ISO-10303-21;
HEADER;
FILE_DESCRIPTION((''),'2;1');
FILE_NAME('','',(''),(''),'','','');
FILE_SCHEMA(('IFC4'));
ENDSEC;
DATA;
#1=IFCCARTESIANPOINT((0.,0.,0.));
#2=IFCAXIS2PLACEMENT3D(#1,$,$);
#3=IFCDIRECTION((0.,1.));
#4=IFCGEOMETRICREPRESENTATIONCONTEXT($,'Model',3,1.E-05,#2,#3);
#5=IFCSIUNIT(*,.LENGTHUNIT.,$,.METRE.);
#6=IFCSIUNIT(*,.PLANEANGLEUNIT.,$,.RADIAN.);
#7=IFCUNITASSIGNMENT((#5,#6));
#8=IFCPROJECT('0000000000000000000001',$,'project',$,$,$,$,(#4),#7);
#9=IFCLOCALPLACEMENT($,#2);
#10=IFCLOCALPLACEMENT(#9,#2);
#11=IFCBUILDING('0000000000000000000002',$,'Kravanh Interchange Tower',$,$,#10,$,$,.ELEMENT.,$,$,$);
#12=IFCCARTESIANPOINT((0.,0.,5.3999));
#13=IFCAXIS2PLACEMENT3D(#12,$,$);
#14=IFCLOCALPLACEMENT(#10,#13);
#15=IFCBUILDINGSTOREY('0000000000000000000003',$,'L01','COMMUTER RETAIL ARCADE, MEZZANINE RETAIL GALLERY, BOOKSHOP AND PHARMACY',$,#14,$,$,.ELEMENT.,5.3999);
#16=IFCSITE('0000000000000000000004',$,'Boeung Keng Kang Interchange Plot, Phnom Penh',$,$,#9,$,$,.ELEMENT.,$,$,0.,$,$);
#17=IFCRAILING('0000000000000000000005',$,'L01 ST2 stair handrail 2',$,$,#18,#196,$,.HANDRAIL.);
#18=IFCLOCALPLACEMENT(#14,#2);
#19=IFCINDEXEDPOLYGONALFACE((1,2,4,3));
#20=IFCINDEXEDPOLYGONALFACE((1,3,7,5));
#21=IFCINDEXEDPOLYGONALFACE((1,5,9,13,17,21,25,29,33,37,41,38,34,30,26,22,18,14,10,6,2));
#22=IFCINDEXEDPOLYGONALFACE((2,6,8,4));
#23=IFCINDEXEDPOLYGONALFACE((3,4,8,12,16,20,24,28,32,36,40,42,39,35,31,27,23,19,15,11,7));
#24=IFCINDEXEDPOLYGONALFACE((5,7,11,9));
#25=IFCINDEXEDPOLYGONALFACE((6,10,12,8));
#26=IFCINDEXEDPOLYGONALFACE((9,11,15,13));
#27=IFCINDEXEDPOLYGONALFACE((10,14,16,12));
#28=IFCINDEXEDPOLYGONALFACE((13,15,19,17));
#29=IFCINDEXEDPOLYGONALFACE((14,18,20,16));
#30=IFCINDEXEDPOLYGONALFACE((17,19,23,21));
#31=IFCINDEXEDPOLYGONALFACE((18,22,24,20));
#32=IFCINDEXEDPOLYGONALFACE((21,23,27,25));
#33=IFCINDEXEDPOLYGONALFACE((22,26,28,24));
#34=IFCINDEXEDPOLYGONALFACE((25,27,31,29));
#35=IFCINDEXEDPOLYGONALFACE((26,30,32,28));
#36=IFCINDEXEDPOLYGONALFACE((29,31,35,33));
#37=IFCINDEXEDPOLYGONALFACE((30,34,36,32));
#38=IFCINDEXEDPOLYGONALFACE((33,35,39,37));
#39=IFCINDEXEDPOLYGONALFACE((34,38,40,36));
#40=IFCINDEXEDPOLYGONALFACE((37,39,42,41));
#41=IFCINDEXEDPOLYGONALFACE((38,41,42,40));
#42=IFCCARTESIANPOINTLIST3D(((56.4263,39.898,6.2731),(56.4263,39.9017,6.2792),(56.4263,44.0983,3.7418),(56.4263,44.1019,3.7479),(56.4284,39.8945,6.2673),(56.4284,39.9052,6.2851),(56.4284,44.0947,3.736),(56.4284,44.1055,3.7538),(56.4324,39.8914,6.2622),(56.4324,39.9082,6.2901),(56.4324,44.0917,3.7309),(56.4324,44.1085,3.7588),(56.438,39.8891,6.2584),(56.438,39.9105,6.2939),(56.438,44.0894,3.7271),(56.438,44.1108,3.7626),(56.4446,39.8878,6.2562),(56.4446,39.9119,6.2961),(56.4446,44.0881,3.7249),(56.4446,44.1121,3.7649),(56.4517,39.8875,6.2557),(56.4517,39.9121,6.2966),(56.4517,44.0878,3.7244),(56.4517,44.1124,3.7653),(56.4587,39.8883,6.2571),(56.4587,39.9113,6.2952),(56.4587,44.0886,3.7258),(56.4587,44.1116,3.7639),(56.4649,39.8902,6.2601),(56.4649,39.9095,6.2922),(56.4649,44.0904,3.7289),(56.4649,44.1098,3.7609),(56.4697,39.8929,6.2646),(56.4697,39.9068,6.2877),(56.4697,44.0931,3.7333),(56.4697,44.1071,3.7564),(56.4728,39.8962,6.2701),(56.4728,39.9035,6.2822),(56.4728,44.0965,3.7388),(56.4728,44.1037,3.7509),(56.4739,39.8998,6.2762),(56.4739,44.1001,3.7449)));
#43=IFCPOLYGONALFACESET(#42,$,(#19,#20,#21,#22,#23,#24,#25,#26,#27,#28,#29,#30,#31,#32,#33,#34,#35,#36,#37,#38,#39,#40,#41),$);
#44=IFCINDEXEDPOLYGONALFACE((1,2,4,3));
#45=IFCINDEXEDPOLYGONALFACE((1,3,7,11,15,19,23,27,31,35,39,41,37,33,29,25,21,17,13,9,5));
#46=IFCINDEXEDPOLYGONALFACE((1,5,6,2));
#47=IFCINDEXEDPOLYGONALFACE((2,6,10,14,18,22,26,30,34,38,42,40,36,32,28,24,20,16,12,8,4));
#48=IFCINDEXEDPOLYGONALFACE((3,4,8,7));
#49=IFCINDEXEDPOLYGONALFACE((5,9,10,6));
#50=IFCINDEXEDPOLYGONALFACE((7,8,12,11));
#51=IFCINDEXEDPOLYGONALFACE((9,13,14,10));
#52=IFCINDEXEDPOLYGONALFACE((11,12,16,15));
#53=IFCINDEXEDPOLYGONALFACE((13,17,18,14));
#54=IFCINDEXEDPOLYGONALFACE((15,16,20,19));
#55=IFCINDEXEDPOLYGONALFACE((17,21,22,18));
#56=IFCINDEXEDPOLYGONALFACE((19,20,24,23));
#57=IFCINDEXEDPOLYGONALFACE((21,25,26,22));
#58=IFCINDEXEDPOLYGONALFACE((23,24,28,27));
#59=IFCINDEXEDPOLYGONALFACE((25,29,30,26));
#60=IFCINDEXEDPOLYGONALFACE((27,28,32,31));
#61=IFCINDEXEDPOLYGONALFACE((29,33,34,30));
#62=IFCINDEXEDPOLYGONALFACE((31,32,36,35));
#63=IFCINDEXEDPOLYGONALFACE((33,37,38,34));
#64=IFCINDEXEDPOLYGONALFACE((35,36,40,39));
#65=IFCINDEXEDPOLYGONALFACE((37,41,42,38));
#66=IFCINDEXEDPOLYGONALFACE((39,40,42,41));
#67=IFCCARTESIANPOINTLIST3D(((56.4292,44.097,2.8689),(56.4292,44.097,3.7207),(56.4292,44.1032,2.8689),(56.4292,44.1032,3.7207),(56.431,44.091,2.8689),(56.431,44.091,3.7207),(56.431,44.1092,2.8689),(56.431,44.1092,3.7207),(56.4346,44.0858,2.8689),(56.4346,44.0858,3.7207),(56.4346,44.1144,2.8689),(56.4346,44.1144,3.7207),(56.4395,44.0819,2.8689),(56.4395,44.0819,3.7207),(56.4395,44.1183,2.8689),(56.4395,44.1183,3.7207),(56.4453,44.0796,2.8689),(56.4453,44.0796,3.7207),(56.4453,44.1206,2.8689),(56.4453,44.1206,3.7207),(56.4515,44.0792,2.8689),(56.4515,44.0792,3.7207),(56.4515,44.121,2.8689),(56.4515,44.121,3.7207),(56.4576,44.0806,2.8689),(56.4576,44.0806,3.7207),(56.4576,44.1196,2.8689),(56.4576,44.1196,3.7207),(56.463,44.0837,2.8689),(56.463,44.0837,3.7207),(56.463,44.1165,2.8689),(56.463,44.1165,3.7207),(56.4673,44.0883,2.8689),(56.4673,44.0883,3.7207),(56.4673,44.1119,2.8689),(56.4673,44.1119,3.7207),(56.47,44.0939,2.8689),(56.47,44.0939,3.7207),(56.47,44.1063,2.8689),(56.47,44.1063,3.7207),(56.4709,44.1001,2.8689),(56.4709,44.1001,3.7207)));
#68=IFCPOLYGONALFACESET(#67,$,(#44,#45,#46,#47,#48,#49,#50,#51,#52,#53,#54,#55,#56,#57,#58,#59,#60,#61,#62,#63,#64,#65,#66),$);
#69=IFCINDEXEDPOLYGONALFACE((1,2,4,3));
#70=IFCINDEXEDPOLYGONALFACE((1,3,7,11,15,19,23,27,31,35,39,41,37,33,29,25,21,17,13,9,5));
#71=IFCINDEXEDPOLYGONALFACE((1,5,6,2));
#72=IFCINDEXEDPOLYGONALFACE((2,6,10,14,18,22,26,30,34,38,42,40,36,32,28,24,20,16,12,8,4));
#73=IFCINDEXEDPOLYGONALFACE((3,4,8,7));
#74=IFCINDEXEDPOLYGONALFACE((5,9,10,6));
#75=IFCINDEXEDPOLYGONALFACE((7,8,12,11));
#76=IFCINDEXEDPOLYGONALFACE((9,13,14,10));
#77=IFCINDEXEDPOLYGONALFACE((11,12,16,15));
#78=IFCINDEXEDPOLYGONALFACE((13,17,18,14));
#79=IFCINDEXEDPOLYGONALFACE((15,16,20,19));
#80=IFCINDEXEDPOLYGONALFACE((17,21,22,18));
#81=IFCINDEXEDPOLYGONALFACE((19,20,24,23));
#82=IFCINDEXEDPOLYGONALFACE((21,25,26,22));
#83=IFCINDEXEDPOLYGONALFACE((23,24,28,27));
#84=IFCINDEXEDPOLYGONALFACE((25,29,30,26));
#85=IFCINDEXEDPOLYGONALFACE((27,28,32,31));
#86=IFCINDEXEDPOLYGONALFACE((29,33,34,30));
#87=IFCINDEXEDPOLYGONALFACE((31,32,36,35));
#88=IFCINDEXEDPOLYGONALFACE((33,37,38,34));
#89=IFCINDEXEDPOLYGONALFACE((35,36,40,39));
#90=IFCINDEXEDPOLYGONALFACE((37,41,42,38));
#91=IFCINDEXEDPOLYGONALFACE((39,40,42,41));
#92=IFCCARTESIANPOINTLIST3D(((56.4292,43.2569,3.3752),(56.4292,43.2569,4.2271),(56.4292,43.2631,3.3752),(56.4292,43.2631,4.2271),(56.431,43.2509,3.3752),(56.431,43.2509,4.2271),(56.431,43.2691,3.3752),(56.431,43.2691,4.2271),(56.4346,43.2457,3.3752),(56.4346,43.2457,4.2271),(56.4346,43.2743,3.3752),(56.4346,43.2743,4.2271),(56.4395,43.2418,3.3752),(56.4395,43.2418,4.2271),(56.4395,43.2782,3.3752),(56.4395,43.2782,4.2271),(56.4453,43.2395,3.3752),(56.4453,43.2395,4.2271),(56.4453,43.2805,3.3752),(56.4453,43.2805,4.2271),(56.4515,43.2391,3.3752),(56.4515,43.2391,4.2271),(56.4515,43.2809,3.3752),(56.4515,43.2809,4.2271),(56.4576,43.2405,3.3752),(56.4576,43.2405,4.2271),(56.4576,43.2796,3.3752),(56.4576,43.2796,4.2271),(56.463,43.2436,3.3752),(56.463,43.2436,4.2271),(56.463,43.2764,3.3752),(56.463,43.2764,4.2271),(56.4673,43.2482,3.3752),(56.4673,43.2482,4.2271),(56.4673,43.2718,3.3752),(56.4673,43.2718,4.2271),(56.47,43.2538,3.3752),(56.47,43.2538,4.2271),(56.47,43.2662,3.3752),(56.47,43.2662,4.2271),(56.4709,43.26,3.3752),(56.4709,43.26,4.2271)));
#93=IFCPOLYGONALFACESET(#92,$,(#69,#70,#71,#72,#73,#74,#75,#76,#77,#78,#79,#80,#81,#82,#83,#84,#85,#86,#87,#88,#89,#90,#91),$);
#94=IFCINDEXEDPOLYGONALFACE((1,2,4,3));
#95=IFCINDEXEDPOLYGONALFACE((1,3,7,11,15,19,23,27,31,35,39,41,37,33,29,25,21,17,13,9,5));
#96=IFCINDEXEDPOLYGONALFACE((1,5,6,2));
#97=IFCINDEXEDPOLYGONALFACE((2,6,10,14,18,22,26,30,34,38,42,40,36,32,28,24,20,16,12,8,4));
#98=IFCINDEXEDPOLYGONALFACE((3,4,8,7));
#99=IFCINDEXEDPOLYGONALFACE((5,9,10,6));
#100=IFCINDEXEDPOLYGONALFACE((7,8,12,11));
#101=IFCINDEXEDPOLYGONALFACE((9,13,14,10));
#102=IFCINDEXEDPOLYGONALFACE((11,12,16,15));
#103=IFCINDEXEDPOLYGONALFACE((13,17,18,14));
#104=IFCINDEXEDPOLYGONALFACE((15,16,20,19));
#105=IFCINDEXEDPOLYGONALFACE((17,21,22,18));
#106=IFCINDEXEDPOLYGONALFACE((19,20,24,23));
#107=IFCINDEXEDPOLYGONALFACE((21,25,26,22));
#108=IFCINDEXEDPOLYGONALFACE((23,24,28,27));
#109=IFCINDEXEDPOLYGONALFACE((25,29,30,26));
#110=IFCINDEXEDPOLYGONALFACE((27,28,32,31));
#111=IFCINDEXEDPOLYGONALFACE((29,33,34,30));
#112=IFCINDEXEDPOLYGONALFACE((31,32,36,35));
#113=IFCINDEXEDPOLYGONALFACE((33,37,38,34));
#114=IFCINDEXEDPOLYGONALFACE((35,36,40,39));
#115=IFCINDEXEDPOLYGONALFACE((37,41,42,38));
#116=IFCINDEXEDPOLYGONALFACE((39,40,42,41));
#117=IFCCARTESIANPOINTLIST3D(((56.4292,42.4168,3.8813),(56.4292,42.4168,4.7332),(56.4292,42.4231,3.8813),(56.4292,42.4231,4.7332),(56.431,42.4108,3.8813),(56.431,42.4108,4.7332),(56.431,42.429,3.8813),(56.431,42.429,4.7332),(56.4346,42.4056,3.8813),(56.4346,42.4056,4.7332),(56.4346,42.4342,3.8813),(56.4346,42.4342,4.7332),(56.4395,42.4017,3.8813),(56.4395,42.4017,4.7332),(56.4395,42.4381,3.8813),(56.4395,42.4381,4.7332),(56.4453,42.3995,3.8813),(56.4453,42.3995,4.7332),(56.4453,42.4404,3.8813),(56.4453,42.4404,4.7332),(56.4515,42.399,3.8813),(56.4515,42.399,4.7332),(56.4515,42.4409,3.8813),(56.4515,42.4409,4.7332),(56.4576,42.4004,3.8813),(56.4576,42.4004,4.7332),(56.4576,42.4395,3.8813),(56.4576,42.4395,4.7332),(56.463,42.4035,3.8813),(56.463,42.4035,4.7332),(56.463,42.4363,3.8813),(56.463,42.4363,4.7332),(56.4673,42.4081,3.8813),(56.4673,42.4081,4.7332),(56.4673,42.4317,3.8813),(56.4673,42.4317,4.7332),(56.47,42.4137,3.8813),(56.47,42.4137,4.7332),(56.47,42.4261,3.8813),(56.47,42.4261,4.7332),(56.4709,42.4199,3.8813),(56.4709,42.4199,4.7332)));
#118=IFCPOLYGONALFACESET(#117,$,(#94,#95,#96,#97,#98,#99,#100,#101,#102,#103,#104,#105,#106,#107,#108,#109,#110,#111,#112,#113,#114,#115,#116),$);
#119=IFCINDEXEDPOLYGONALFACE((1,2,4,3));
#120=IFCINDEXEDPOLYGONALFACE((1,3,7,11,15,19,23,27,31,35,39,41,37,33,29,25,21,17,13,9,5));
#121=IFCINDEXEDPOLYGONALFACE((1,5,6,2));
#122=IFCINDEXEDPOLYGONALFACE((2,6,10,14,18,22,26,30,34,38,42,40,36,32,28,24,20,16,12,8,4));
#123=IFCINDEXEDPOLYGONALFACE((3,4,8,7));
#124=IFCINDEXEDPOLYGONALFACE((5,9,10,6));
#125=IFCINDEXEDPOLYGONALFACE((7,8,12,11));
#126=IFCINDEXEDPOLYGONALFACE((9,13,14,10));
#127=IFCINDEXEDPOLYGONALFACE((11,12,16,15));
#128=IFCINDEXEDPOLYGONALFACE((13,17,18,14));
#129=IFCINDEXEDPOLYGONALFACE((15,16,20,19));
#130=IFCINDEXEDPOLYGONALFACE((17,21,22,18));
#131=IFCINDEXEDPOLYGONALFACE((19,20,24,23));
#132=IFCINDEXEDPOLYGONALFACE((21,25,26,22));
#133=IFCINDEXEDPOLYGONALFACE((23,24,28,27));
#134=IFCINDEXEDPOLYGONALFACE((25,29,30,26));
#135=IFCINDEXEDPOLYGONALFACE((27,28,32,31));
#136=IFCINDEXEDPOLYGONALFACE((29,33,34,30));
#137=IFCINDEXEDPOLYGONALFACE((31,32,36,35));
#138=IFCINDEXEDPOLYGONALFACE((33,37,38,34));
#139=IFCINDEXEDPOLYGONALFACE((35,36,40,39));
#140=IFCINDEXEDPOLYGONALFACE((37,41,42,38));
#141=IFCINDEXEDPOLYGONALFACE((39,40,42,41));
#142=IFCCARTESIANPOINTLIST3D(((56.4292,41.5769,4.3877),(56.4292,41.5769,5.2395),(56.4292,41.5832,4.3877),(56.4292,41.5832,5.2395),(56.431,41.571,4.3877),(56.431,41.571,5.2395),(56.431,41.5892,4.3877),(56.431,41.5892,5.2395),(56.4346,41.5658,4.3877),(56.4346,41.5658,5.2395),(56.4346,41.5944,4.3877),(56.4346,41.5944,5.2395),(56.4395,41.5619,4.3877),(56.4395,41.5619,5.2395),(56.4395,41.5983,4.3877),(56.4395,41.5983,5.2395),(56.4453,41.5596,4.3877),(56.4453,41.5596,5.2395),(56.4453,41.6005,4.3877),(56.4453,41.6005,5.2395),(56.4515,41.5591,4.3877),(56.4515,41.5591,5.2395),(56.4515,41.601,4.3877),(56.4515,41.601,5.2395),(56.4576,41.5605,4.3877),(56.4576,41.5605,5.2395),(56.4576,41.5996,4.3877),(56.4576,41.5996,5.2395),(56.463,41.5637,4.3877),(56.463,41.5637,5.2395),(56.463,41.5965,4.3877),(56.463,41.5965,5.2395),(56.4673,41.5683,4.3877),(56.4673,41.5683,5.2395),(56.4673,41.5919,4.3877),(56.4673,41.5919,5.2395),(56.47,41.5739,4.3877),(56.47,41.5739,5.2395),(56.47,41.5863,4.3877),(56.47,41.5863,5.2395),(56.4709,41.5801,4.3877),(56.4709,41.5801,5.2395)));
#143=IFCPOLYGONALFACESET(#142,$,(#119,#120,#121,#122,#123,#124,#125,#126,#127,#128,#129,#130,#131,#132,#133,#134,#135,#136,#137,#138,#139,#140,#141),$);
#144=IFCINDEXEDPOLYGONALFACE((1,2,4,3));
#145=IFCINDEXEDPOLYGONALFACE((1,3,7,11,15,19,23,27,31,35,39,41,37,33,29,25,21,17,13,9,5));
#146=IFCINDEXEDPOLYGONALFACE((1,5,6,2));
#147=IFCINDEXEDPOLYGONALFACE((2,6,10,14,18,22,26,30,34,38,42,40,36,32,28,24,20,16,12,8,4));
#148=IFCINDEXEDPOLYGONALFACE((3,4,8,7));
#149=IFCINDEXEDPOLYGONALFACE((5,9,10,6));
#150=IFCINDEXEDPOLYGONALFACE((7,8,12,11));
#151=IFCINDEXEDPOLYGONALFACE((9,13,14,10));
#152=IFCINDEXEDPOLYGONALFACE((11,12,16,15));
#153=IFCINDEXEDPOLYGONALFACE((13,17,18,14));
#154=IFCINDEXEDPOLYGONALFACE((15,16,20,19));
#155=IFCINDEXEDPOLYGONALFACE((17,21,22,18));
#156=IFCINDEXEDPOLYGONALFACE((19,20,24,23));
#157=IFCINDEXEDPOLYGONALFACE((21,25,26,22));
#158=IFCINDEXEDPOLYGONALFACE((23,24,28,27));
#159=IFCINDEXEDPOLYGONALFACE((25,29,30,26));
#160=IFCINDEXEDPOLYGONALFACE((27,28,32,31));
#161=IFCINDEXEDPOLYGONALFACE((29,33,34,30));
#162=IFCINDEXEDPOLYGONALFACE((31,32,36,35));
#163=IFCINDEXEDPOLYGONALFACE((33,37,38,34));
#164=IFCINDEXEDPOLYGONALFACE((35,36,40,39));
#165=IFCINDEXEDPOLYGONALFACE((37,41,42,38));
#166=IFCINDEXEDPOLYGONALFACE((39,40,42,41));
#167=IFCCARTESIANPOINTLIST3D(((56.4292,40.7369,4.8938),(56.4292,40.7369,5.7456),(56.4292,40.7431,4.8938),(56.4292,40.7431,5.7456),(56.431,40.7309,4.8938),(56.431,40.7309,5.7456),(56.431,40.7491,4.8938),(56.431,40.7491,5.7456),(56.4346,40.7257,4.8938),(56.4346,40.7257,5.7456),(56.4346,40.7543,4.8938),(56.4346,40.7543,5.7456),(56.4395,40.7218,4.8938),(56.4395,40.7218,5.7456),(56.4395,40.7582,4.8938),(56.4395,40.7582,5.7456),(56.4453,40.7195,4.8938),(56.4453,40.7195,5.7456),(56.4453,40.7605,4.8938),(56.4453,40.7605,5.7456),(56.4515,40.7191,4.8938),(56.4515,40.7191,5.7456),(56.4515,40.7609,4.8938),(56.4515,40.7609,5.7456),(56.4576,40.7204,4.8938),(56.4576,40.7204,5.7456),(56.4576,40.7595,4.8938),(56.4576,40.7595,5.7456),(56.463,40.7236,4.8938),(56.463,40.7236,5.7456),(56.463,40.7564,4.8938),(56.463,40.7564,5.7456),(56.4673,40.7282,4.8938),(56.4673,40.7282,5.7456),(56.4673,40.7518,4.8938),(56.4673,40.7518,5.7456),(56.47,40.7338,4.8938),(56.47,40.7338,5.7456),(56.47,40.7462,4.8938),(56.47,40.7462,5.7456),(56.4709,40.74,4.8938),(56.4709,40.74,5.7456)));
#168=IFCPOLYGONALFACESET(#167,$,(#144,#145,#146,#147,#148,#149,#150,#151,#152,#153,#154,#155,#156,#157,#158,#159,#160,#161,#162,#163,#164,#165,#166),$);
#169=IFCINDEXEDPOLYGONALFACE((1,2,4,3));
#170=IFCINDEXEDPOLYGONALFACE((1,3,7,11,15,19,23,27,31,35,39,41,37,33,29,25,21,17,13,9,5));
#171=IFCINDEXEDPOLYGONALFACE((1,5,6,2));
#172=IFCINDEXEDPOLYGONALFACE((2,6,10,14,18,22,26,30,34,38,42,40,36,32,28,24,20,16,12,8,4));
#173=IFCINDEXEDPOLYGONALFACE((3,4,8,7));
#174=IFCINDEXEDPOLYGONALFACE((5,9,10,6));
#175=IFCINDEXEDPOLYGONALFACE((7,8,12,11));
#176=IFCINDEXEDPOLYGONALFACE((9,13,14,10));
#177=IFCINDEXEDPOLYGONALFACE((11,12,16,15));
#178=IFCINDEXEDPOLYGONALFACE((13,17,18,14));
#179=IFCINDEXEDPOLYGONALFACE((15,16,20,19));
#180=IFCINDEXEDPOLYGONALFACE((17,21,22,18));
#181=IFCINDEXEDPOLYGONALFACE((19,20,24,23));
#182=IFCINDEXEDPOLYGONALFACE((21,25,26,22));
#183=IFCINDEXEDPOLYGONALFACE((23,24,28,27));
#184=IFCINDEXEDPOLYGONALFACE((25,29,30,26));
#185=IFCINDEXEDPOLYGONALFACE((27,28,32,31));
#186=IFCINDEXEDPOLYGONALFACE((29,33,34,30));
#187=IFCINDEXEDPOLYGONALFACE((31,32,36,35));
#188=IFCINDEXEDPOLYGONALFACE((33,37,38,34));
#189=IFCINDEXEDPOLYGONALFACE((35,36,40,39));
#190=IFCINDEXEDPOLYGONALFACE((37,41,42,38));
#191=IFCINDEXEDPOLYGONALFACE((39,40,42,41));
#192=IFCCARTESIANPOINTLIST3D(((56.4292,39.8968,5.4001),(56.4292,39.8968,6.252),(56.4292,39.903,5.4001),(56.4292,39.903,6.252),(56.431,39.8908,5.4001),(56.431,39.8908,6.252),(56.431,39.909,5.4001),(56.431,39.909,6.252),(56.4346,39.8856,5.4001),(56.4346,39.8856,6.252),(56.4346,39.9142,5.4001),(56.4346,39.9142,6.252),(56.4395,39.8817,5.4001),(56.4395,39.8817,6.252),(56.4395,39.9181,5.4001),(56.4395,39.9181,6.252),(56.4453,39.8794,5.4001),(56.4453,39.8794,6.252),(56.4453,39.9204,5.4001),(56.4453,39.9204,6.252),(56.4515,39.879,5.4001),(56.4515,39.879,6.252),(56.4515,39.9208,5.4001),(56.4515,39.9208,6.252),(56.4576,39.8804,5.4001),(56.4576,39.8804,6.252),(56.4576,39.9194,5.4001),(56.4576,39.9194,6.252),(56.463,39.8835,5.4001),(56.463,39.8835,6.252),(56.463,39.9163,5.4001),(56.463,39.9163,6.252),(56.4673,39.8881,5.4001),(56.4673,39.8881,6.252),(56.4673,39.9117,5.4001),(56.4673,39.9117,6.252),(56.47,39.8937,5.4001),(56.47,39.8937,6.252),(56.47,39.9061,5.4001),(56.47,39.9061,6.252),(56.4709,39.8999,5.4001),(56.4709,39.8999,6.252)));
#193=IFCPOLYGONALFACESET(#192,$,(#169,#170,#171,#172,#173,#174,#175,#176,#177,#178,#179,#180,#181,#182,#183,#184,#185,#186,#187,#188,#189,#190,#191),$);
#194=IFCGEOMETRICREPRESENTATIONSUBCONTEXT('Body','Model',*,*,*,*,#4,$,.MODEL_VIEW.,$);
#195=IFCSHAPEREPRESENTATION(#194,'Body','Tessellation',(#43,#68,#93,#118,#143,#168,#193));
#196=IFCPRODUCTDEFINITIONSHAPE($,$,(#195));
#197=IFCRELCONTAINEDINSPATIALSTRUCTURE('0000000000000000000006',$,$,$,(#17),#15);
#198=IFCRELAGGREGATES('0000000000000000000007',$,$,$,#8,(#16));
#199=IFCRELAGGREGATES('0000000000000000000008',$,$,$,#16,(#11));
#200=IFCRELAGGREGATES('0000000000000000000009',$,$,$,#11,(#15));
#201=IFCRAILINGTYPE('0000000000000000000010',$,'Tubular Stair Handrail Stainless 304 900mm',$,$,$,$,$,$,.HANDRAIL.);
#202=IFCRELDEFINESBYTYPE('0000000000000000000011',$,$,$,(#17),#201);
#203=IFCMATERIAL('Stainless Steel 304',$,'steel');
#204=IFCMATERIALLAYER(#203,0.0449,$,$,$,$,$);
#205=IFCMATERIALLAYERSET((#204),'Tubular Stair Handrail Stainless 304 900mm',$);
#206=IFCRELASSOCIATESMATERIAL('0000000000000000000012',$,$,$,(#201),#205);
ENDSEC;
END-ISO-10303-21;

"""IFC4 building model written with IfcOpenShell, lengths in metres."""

from ifc_helpers import new_model, si_unit, direction, frame, origin, origin_2d, place, context, subcontext, project, spatial, circle, extrude, material, layer, layer_set, type_object, element, save


model = new_model("IFC4")

# Units and contexts
model_context = context("Model", 3, precision=1e-05, world=origin(), true_north=direction((0.0, 1.0)))
body_context = subcontext(model_context, "Body", "Model", "MODEL_VIEW")
ifc_project = project(units=[si_unit("LENGTHUNIT", "METRE"), si_unit("PLANEANGLEUNIT", "RADIAN")], contexts=[model_context])

# Site, building, storey
site_placement = place(None, origin())
site = spatial("IfcSite", under=ifc_project, at=site_placement, Name="Boeung Keng Kang Interchange Plot, Phnom Penh", CompositionType="ELEMENT", RefElevation=0.0)
building_placement = place(site_placement, origin())
building = spatial("IfcBuilding", under=site, at=building_placement, Name="Kravanh Interchange Tower", CompositionType="ELEMENT")
storey_placement = place(building_placement, frame((0.0, 0.0, 5.3999)))
storey = spatial("IfcBuildingStorey", under=building, at=storey_placement, Name="L01", Description="COMMUTER RETAIL ARCADE, MEZZANINE RETAIL GALLERY, BOOKSHOP AND PHARMACY", CompositionType="ELEMENT", Elevation=5.3999)

# Railing
ifc_material_1 = material(Name="Stainless Steel 304", Category="steel")
ifc_layer_1 = layer(ifc_material_1, 0.0449)
ifc_layer_set_1 = layer_set([ifc_layer_1], Name="Tubular Stair Handrail Stainless 304 900mm")
railing_type_1 = type_object("IfcRailingType", Name="Tubular Stair Handrail Stainless 304 900mm", PredefinedType="HANDRAIL", material=ifc_layer_set_1)
railing_1_placement = place(storey_placement, frame((56.45, 44.1001, 2.8689)))
element("IfcRailing", 1, at=railing_1_placement, inside=storey, type_object=railing_type_1, Name="L01 ST2 stair handrail 2", PredefinedType="HANDRAIL", context=body_context, shape_type="SweptSolid", body=[
    extrude(circle(Radius=0.0239, at=origin_2d()), frame((0.0, 0.0, 0.876), z_axis=(0.0, -0.85649, 0.516164), x_axis=(1.0, 0.0, 0.0)), (0.0, 0.0, 1.0), 4.9041),
    extrude(circle(Radius=0.021, at=origin_2d()), origin(), (0.0, 0.0, 1.0), 0.8518),
    extrude(circle(Radius=0.021, at=origin_2d()), frame((0.0, -0.8401, 0.5063)), (0.0, 0.0, 1.0), 0.8518),
    extrude(circle(Radius=0.021, at=origin_2d()), frame((0.0, -1.6802, 1.0125)), (0.0, 0.0, 1.0), 0.8518),
    extrude(circle(Radius=0.021, at=origin_2d()), frame((0.0, -2.52, 1.5188)), (0.0, 0.0, 1.0), 0.8518),
    extrude(circle(Radius=0.021, at=origin_2d()), frame((0.0, -3.3601, 2.0249)), (0.0, 0.0, 1.0), 0.8518),
    extrude(circle(Radius=0.021, at=origin_2d()), frame((0.0, -4.2002, 2.5312)), (0.0, 0.0, 1.0), 0.8518),
])

save(model, "model.ifc")
